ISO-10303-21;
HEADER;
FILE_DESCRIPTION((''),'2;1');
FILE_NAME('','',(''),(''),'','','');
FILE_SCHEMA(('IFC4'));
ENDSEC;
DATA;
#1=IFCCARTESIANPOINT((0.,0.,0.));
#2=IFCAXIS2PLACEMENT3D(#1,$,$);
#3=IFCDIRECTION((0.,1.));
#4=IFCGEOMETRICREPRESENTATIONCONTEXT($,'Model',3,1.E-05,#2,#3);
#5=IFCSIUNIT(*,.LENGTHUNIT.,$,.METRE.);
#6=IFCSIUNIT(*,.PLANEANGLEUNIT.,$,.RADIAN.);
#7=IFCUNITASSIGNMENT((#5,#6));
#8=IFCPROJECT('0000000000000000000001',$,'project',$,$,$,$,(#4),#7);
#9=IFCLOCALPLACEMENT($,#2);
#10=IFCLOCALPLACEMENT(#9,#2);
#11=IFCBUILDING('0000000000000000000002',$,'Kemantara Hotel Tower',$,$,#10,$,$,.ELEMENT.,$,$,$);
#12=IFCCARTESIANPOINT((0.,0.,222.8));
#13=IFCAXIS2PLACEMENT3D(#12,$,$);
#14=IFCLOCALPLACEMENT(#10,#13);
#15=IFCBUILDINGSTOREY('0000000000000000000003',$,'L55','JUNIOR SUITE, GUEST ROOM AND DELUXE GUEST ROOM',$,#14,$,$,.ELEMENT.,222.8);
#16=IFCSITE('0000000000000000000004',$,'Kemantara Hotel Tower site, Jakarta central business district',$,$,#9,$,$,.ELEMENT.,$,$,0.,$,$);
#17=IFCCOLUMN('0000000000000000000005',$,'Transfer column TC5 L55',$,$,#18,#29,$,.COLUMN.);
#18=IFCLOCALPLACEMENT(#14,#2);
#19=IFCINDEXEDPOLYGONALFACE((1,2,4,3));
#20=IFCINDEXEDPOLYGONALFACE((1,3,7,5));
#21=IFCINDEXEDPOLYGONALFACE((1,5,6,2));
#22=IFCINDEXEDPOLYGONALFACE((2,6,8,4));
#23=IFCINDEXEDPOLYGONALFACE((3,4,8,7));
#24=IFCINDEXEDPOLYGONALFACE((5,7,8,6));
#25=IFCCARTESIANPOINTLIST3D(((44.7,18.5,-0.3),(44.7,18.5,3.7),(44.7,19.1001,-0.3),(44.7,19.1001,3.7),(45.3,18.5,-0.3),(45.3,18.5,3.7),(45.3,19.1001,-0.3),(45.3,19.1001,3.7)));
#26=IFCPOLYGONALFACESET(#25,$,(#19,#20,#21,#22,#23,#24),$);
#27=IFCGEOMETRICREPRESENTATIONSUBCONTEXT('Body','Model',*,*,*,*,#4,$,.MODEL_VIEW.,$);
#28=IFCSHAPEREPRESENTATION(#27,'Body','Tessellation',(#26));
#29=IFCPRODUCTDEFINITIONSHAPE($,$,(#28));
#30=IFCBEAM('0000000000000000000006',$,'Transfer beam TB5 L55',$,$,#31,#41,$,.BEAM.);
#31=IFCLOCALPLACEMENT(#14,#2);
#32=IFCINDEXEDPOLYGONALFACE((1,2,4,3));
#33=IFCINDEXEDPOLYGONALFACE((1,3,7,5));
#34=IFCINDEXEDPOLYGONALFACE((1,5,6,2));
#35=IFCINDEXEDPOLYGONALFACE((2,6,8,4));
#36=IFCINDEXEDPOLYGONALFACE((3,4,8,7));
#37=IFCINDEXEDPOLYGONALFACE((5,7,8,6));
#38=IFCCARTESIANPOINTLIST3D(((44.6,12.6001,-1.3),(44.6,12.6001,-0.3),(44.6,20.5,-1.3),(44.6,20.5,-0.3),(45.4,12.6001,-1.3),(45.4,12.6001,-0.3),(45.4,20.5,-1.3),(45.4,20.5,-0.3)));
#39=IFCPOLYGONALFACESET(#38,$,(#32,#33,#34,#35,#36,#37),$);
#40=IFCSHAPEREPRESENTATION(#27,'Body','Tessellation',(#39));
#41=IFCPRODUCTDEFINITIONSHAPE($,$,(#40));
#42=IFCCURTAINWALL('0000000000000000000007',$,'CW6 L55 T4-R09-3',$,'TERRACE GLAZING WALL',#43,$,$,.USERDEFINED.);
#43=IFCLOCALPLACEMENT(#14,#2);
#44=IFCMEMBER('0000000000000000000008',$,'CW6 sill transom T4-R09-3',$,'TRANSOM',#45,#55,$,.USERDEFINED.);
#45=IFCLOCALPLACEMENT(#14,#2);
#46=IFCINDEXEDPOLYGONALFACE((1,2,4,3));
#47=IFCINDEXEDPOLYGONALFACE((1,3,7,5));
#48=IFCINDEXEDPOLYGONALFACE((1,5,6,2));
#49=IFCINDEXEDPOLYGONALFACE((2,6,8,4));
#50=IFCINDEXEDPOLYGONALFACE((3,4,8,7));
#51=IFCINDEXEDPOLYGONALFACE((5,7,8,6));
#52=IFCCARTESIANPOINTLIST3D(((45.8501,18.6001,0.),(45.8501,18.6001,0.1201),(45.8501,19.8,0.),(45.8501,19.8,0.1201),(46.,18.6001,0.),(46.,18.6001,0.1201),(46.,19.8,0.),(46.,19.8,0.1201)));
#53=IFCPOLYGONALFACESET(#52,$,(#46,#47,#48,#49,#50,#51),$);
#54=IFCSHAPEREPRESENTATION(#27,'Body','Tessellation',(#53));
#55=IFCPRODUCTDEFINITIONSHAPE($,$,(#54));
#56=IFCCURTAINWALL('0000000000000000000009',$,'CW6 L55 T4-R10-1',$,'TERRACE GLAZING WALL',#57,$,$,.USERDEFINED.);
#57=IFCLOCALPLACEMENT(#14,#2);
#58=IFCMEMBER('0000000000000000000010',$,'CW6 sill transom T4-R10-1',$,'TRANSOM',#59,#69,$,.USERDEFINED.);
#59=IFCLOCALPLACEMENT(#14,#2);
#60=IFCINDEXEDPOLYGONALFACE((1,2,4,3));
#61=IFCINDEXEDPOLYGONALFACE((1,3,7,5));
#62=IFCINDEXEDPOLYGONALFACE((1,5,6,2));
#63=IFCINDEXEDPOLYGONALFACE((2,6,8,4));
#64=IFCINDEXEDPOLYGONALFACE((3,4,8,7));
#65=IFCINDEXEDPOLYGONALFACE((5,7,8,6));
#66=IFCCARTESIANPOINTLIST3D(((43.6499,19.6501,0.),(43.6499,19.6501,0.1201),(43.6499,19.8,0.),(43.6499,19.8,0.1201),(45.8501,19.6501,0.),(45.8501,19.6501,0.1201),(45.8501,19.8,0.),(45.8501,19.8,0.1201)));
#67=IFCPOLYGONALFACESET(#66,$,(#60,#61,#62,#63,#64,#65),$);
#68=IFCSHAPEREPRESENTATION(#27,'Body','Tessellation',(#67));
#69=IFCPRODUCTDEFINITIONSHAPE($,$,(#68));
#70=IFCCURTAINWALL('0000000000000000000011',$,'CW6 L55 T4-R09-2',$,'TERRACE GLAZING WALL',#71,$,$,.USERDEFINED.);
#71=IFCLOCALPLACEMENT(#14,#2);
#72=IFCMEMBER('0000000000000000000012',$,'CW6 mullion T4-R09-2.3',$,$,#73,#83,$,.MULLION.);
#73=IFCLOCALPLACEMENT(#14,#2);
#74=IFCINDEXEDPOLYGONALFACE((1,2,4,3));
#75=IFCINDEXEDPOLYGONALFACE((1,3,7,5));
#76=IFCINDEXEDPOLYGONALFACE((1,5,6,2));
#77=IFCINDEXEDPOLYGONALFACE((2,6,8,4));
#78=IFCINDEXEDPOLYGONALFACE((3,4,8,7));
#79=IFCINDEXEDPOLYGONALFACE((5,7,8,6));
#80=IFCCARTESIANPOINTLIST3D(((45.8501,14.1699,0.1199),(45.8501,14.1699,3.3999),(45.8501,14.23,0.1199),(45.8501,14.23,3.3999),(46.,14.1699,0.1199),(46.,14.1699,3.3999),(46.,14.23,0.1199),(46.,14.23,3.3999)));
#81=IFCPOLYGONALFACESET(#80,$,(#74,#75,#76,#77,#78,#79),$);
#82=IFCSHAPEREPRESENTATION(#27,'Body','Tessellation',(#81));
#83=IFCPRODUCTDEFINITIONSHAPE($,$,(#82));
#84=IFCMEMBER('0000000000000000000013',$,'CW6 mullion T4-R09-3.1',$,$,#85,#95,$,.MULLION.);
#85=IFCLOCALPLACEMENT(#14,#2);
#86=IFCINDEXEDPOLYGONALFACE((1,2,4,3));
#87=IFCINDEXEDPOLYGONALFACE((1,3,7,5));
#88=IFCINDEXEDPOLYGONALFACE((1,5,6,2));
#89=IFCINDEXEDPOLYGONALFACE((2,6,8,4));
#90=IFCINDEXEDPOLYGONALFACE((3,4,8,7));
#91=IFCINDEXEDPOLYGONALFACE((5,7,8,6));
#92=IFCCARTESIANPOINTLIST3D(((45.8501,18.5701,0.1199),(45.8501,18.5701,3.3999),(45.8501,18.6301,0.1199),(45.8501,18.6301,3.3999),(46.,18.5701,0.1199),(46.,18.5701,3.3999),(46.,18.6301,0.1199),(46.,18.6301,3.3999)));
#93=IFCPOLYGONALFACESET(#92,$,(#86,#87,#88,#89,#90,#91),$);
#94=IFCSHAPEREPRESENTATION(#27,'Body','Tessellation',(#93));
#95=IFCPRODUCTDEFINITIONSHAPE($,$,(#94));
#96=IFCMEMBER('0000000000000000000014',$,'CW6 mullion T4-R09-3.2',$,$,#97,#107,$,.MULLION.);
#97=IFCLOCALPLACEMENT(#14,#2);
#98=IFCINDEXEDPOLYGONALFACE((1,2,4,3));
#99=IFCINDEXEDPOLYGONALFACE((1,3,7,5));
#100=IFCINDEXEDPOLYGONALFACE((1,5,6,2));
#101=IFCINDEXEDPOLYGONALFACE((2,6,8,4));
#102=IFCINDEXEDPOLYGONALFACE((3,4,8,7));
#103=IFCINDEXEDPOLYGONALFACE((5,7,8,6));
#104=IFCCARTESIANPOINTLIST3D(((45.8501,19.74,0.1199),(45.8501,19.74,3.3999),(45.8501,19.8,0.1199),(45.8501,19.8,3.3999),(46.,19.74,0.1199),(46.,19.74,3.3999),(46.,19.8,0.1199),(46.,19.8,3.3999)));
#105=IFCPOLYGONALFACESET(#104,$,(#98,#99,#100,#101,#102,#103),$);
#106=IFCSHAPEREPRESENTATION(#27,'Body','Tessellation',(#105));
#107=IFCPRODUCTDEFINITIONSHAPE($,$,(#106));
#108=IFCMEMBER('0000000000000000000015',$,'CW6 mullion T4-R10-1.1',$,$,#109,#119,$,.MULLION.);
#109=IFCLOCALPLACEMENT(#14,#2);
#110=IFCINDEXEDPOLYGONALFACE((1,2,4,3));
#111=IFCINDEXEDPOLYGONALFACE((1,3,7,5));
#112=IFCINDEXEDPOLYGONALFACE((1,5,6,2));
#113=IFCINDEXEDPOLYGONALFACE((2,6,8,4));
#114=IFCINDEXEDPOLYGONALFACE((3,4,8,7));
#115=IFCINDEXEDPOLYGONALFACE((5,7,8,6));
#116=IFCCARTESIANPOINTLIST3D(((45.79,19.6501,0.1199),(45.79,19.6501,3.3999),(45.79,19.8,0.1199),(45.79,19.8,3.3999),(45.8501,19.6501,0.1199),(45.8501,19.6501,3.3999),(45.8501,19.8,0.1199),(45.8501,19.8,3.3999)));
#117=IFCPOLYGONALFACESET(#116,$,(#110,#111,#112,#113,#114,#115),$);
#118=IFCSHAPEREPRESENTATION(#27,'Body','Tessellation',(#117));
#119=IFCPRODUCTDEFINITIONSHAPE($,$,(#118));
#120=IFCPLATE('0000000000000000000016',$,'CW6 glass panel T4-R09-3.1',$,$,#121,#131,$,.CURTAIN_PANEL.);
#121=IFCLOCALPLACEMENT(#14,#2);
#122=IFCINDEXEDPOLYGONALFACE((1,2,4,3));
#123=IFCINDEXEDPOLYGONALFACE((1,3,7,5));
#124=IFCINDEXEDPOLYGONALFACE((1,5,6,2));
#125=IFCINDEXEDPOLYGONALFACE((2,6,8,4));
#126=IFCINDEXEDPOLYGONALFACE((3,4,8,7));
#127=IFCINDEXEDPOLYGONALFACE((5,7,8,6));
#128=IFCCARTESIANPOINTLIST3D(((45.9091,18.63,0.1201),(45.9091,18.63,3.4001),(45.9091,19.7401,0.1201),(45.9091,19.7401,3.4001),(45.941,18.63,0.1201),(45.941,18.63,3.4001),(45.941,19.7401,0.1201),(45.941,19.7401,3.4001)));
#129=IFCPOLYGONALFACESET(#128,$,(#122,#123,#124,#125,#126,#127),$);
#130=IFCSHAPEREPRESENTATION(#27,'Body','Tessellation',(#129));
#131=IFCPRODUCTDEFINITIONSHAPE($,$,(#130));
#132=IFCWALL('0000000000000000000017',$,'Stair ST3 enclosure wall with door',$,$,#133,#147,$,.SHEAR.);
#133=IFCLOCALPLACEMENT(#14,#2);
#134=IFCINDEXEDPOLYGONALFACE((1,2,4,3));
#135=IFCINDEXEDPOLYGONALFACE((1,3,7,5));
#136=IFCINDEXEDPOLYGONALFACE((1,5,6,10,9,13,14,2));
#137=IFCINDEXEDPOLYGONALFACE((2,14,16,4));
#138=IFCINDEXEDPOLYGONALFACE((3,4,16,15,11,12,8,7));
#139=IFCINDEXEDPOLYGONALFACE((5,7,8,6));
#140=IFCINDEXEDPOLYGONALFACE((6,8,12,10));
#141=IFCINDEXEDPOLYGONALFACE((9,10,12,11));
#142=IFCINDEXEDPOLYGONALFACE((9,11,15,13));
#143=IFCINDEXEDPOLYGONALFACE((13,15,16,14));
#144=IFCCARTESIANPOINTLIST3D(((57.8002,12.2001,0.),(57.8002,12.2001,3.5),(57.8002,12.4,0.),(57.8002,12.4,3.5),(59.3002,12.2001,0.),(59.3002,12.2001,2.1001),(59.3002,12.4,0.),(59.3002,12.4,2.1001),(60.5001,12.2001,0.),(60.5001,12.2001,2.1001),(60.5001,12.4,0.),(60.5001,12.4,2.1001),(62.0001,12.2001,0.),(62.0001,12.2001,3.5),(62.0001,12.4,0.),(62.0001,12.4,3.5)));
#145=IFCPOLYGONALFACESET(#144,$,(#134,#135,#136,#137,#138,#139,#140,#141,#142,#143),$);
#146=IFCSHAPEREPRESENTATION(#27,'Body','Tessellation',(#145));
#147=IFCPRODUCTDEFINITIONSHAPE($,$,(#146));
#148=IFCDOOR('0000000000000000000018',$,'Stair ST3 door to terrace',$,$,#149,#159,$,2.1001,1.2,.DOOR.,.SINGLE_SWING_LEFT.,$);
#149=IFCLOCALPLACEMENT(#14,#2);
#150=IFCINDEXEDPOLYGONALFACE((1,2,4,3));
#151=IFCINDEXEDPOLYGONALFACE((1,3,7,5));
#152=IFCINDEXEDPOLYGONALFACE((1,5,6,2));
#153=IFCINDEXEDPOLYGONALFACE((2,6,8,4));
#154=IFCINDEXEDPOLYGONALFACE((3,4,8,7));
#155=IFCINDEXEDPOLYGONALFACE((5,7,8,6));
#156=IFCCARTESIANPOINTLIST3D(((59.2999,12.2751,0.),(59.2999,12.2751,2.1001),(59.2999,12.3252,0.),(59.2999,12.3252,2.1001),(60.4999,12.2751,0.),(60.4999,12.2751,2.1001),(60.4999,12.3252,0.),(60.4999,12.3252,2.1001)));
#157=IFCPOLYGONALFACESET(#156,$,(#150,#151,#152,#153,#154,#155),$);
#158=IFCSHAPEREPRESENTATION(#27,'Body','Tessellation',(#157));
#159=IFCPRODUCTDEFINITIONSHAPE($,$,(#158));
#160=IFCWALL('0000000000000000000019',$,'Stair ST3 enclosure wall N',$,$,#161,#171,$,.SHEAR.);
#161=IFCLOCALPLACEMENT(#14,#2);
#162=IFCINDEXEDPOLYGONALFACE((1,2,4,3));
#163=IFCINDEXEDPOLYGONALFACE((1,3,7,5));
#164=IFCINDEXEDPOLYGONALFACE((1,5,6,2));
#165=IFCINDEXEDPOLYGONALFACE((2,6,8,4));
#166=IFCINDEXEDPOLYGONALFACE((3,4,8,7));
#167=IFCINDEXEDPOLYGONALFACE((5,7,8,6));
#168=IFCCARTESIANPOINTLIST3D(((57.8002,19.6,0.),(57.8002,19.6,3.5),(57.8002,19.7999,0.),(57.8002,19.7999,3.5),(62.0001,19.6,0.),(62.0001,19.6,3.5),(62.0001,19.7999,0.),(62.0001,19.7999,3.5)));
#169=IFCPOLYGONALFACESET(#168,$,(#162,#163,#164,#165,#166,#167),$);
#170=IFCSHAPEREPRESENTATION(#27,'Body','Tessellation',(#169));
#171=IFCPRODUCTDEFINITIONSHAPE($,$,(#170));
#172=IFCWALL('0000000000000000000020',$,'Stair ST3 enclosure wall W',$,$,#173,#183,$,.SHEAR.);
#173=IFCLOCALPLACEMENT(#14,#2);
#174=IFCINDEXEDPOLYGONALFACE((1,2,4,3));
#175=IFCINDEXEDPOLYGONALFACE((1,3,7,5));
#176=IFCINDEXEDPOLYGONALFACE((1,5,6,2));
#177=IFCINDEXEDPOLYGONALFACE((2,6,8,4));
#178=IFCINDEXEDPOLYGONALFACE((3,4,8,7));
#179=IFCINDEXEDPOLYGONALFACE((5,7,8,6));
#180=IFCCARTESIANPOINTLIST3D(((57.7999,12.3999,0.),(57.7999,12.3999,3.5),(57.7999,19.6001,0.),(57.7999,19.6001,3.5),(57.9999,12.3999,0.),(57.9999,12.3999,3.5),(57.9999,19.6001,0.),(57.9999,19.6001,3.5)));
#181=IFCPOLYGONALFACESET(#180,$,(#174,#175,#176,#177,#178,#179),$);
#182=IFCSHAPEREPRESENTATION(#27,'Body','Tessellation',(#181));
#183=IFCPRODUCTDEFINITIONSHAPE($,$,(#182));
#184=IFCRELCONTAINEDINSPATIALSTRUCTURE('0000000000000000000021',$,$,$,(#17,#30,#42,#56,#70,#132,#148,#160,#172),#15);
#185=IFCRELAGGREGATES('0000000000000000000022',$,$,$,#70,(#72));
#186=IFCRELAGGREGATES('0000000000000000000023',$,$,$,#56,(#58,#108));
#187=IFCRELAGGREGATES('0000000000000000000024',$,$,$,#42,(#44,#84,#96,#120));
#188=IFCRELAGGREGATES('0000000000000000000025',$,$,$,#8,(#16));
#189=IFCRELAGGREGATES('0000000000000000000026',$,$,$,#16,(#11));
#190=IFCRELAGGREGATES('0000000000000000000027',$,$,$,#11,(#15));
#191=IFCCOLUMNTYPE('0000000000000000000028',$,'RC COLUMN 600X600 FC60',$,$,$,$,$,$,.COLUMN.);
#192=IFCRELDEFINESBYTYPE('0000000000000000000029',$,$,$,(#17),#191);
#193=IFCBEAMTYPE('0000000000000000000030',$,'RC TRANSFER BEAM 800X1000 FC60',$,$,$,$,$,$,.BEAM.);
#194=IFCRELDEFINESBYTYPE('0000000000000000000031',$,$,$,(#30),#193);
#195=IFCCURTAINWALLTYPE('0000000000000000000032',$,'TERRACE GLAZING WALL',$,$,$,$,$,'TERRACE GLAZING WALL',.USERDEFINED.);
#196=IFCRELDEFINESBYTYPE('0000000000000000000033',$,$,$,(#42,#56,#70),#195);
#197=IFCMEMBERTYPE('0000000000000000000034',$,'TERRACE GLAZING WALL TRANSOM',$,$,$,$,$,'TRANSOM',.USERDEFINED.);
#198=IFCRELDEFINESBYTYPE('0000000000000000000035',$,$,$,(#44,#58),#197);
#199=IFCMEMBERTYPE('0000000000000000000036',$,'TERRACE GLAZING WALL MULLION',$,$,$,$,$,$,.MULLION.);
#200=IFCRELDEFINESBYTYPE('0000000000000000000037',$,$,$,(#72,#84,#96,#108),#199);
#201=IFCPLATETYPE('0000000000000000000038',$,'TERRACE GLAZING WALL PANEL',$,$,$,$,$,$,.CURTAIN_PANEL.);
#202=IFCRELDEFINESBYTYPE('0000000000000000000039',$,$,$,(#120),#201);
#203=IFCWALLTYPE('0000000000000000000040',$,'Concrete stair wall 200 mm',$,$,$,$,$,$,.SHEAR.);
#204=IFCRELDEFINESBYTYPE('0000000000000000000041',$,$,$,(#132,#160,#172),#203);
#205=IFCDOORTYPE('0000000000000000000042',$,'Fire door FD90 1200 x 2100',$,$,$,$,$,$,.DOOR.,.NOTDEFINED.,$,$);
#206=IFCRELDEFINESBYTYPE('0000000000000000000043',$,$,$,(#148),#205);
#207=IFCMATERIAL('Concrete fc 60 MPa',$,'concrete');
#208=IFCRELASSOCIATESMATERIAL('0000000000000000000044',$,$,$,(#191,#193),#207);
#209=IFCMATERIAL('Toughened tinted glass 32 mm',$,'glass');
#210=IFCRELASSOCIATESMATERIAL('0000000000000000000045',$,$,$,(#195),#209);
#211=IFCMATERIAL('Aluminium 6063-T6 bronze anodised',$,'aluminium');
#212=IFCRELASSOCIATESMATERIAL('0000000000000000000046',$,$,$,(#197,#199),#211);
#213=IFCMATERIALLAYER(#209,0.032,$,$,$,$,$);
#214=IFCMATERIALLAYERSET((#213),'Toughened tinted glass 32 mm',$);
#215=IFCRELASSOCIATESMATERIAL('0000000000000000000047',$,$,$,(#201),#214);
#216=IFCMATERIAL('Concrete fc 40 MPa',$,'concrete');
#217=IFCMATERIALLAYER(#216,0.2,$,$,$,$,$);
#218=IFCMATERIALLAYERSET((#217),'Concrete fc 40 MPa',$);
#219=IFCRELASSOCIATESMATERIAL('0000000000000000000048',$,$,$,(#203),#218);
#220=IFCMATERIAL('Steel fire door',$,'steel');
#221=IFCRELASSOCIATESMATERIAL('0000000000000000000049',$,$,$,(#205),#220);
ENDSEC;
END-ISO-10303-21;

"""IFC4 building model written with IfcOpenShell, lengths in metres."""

from ifc_helpers import new_model, si_unit, direction, frame, frame_2d, origin, origin_2d, place, context, subcontext, project, spatial, rectangle, extrude, source, transform, mapped, material, layer, layer_set, material_profile, profile_set, type_object, element, fill, aggregate, save


model = new_model("IFC4")

# Units and contexts
model_context = context("Model", 3, precision=1e-05, world=origin(), true_north=direction((0.0, 1.0)))
body_context = subcontext(model_context, "Body", "Model", "MODEL_VIEW")
ifc_project = project(units=[si_unit("LENGTHUNIT", "METRE"), si_unit("PLANEANGLEUNIT", "RADIAN")], contexts=[model_context])

# Site, building, storey
site_placement = place(None, origin())
site = spatial("IfcSite", under=ifc_project, at=site_placement, Name="Kemantara Hotel Tower site, Jakarta central business district", CompositionType="ELEMENT", RefElevation=0.0)
building_placement = place(site_placement, origin())
building = spatial("IfcBuilding", under=site, at=building_placement, Name="Kemantara Hotel Tower", CompositionType="ELEMENT")
storey_placement = place(building_placement, frame((0.0, 0.0, 222.8)))
storey = spatial("IfcBuildingStorey", under=building, at=storey_placement, Name="L55", Description="JUNIOR SUITE, GUEST ROOM AND DELUXE GUEST ROOM", CompositionType="ELEMENT", Elevation=222.8)

# Column
ifc_material_1 = material(Name="Concrete fc 60 MPa", Category="concrete")
ifc_material_profile_1 = material_profile(ifc_material_1, rectangle(XDim=0.6001, YDim=0.6001, at=origin_2d()), Name="RC 600X600")
ifc_profile_set_1 = profile_set([ifc_material_profile_1], Name="Concrete fc 60 MPa")
column_type = type_object("IfcColumnType", Name="RC COLUMN 600X600 FC60", PredefinedType="COLUMN", material=ifc_profile_set_1)
column_placement = place(storey_placement, frame((45.0, 18.8, -0.3), z_axis=(0.0, 0.0, 1.0), x_axis=(1.0, 0.0, 0.0)))
element("IfcColumn", 1, at=column_placement, inside=storey, type_object=column_type, Name="Transfer column TC5 L55", PredefinedType="COLUMN", context=body_context, shape_type="SweptSolid", body=[
    extrude(rectangle(XDim=0.6001, YDim=0.6001, at=origin_2d()), origin(), (0.0, 0.0, 1.0), 4.0),
])

# Beam
ifc_material_profile_2 = material_profile(ifc_material_1, rectangle(XDim=0.8, YDim=1.0, at=origin_2d()), Name="RC 800X1000")
ifc_profile_set_2 = profile_set([ifc_material_profile_2], Name="Concrete fc 60 MPa")
beam_type = type_object("IfcBeamType", Name="RC TRANSFER BEAM 800X1000 FC60", PredefinedType="BEAM", material=ifc_profile_set_2)
beam_placement = place(storey_placement, frame((45.0, 12.6001, -0.8), z_axis=(0.0, 1.0, 0.0), x_axis=(-1.0, 0.0, 0.0)))
element("IfcBeam", 2, at=beam_placement, inside=storey, type_object=beam_type, Name="Transfer beam TB5 L55", PredefinedType="BEAM", context=body_context, shape_type="SweptSolid", body=[
    extrude(rectangle(XDim=0.8, YDim=1.0, at=origin_2d()), origin(), (0.0, 0.0, 1.0), 7.8999),
])

# Curtain walls, members
ifc_material_2 = material(Name="Toughened tinted glass 32 mm", Category="glass")
curtain_wall_type = type_object("IfcCurtainWallType", Name="TERRACE GLAZING WALL", ElementType="TERRACE GLAZING WALL", PredefinedType="USERDEFINED", material=ifc_material_2)
curtain_wall_1_placement = place(storey_placement, origin())
curtain_wall_1 = element("IfcCurtainWall", 3, at=curtain_wall_1_placement, inside=storey, type_object=curtain_wall_type, Name="CW6 L55 T4-R09-3", ObjectType="TERRACE GLAZING WALL", PredefinedType="USERDEFINED")
ifc_material_3 = material(Name="Aluminium 6063-T6 bronze anodised", Category="aluminium")
ifc_material_profile_3 = material_profile(ifc_material_3, rectangle(XDim=0.1499, YDim=0.1201, at=origin_2d()), Name="TERRACE GLAZING WALL TRANSOM")
ifc_profile_set_3 = profile_set([ifc_material_profile_3], Name="Aluminium 6063-T6 bronze anodised")
member_type_1 = type_object("IfcMemberType", Name="TERRACE GLAZING WALL TRANSOM", ElementType="TRANSOM", PredefinedType="USERDEFINED", material=ifc_profile_set_3)
member_1_placement = place(storey_placement, frame((45.925, 18.6001, 0.0601), z_axis=(0.0, 1.0, 0.0), x_axis=(-1.0, 0.0, 0.0)))
member_1 = element("IfcMember", 4, at=member_1_placement, type_object=member_type_1, Name="CW6 sill transom T4-R09-3", ObjectType="TRANSOM", PredefinedType="USERDEFINED", context=body_context, shape_type="SweptSolid", body=[
    extrude(rectangle(XDim=0.1499, YDim=0.1201, at=origin_2d()), origin(), (0.0, 0.0, 1.0), 1.2),
])
curtain_wall_2_placement = place(storey_placement, origin())
curtain_wall_2 = element("IfcCurtainWall", 5, at=curtain_wall_2_placement, inside=storey, type_object=curtain_wall_type, Name="CW6 L55 T4-R10-1", ObjectType="TERRACE GLAZING WALL", PredefinedType="USERDEFINED")
member_2_placement = place(storey_placement, frame((45.8501, 19.7251, 0.0601), z_axis=(-1.0, 0.0, 0.0), x_axis=(0.0, -1.0, 0.0)))
member_2 = element("IfcMember", 6, at=member_2_placement, type_object=member_type_1, Name="CW6 sill transom T4-R10-1", ObjectType="TRANSOM", PredefinedType="USERDEFINED", context=body_context, shape_type="SweptSolid", body=[
    extrude(rectangle(XDim=0.1499, YDim=0.1201, at=origin_2d()), origin(), (0.0, 0.0, 1.0), 2.2002),
])
curtain_wall_3_placement = place(storey_placement, origin())
curtain_wall_3 = element("IfcCurtainWall", 7, at=curtain_wall_3_placement, inside=storey, type_object=curtain_wall_type, Name="CW6 L55 T4-R09-2", ObjectType="TERRACE GLAZING WALL", PredefinedType="USERDEFINED")
ifc_material_profile_4 = material_profile(ifc_material_3, rectangle(XDim=0.1499, YDim=0.0601, at=origin_2d()), Name="TERRACE GLAZING WALL MULLION")
ifc_profile_set_4 = profile_set([ifc_material_profile_4], Name="Aluminium 6063-T6 bronze anodised")
member_type_2 = type_object("IfcMemberType", Name="TERRACE GLAZING WALL MULLION", PredefinedType="MULLION", material=ifc_profile_set_4)
shared_shape_1 = source(origin(), body_context, "Body", "SweptSolid", [
    extrude(rectangle(XDim=0.1499, YDim=0.0601, at=origin_2d()), origin(), (0.0, 0.0, 1.0), 3.28),
])
member_3_placement = place(storey_placement, frame((45.925, 14.2, 0.1199), z_axis=(0.0, 0.0, 1.0), x_axis=(-1.0, 0.0, 0.0)))
member_3 = element("IfcMember", 8, at=member_3_placement, type_object=member_type_2, Name="CW6 mullion T4-R09-2.3", PredefinedType="MULLION", context=body_context, shape_type="MappedRepresentation", body=[
    mapped(shared_shape_1, transform((0.0, 0.0, 0.0))),
])
aggregate(curtain_wall_3, [member_3])

# Members
member_4_placement = place(storey_placement, frame((45.925, 18.6001, 0.1199), z_axis=(0.0, 0.0, 1.0), x_axis=(-1.0, 0.0, 0.0)))
member_4 = element("IfcMember", 9, at=member_4_placement, type_object=member_type_2, Name="CW6 mullion T4-R09-3.1", PredefinedType="MULLION", context=body_context, shape_type="MappedRepresentation", body=[
    mapped(shared_shape_1, transform((0.0, 0.0, 0.0))),
])
member_5_placement = place(storey_placement, frame((45.925, 19.77, 0.1199), z_axis=(0.0, 0.0, 1.0), x_axis=(-1.0, 0.0, 0.0)))
member_5 = element("IfcMember", 10, at=member_5_placement, type_object=member_type_2, Name="CW6 mullion T4-R09-3.2", PredefinedType="MULLION", context=body_context, shape_type="MappedRepresentation", body=[
    mapped(shared_shape_1, transform((0.0, 0.0, 0.0))),
])
member_6_placement = place(storey_placement, frame((45.8201, 19.7251, 0.1199), z_axis=(0.0, 0.0, 1.0), x_axis=(0.0, -1.0, 0.0)))
member_6 = element("IfcMember", 11, at=member_6_placement, type_object=member_type_2, Name="CW6 mullion T4-R10-1.1", PredefinedType="MULLION", context=body_context, shape_type="MappedRepresentation", body=[
    mapped(shared_shape_1, transform((0.0, 0.0, 0.0))),
])
aggregate(curtain_wall_2, [member_2, member_6])

# Plate
ifc_layer_1 = layer(ifc_material_2, 0.032)
ifc_layer_set_1 = layer_set([ifc_layer_1], Name="Toughened tinted glass 32 mm")
plate_type = type_object("IfcPlateType", Name="TERRACE GLAZING WALL PANEL", PredefinedType="CURTAIN_PANEL", material=ifc_layer_set_1)
shared_shape_2 = source(origin(), body_context, "Body", "SweptSolid", [
    extrude(rectangle(XDim=1.1101, YDim=0.032, at=origin_2d()), origin(), (0.0, 0.0, 1.0), 3.28),
])
plate_placement = place(storey_placement, frame((45.925, 19.1851, 0.1201), z_axis=(0.0, 0.0, 1.0), x_axis=(0.0, 1.0, 0.0)))
plate = element("IfcPlate", 12, at=plate_placement, type_object=plate_type, Name="CW6 glass panel T4-R09-3.1", PredefinedType="CURTAIN_PANEL", context=body_context, shape_type="MappedRepresentation", body=[
    mapped(shared_shape_2, transform((0.0, 0.0, 0.0))),
])
aggregate(curtain_wall_1, [member_1, member_4, member_5, plate])

# Wall, opening, door
ifc_material_4 = material(Name="Concrete fc 40 MPa", Category="concrete")
ifc_layer_2 = layer(ifc_material_4, 0.2)
ifc_layer_set_2 = layer_set([ifc_layer_2], Name="Concrete fc 40 MPa")
wall_type_1 = type_object("IfcWallType", Name="Concrete stair wall 200 mm", PredefinedType="SHEAR", material=ifc_layer_set_2)
wall_1_placement = place(storey_placement, frame((57.8, 12.3, 0.0), z_axis=(0.0, 0.0, 1.0), x_axis=(1.0, 0.0, 0.0)))
wall_1 = element("IfcWall", 13, at=wall_1_placement, inside=storey, type_object=wall_type_1, Name="Stair ST3 enclosure wall with door", PredefinedType="SHEAR", context=body_context, shape_type="SweptSolid", body=[
    extrude(rectangle(XDim=4.2, YDim=0.2, at=frame_2d((2.1001, 0.0))), origin(), (0.0, 0.0, 1.0), 3.5),
])
opening_1_placement = place(wall_1_placement, frame((1.5, 0.0, 0.0)))
opening_1 = element("IfcOpeningElement", 14, at=opening_1_placement, cuts=wall_1, PredefinedType="OPENING", context=body_context, shape_type="SweptSolid", body=[
    extrude(rectangle(XDim=1.2, YDim=2.1001, at=frame_2d((0.6001, 1.05))), frame((0.0, 0.1099, 0.0), z_axis=(0.0, -1.0, 0.0), x_axis=(1.0, 0.0, 0.0)), (0.0, 0.0, 1.0), 0.22),
])
ifc_material_5 = material(Name="Steel fire door", Category="steel")
door_type_1 = type_object("IfcDoorType", Name="Fire door FD90 1200 x 2100", OperationType="NOTDEFINED", PredefinedType="DOOR", material=ifc_material_5)
door_1_placement = place(opening_1_placement, frame((1.2, 0.0, 0.0), z_axis=(0.0, 0.0, 1.0), x_axis=(-1.0, 0.0, 0.0)))
door_1 = element("IfcDoor", 15, at=door_1_placement, inside=storey, type_object=door_type_1, Name="Stair ST3 door to terrace", OperationType="SINGLE_SWING_LEFT", OverallHeight=2.1001, OverallWidth=1.2, PredefinedType="DOOR", context=body_context, shape_type="SweptSolid", body=[
    extrude(rectangle(XDim=1.2, YDim=2.1001, at=frame_2d((0.6001, 1.05))), frame((0.0, 0.0249, 0.0), z_axis=(0.0, -1.0, 0.0), x_axis=(1.0, 0.0, 0.0)), (0.0, 0.0, 1.0), 0.05),
])
fill(opening_1, door_1)

# Walls
wall_2_placement = place(storey_placement, frame((57.8, 19.7, 0.0), z_axis=(0.0, 0.0, 1.0), x_axis=(1.0, 0.0, 0.0)))
element("IfcWall", 16, at=wall_2_placement, inside=storey, type_object=wall_type_1, Name="Stair ST3 enclosure wall N", PredefinedType="SHEAR", context=body_context, shape_type="SweptSolid", body=[
    extrude(rectangle(XDim=4.2, YDim=0.2, at=frame_2d((2.1001, 0.0))), origin(), (0.0, 0.0, 1.0), 3.5),
])
for number, where, z_axis, x_axis, name in (
    (17, (57.8999, 12.3999, 0.0), (0.0, 0.0, 1.0), (0.0, 1.0, 0.0), "Stair ST3 enclosure wall W"),
):
    element("IfcWall", number, at=place(storey_placement, frame(where, z_axis=z_axis, x_axis=x_axis)), inside=storey, type_object=wall_type_1, Name=name, PredefinedType="SHEAR", context=body_context, shape_type="SweptSolid", body=[
        extrude(rectangle(XDim=7.2002, YDim=0.2, at=frame_2d((3.6001, 0.0))), origin(), (0.0, 0.0, 1.0), 3.5),
    ])

save(model, "model.ifc")
